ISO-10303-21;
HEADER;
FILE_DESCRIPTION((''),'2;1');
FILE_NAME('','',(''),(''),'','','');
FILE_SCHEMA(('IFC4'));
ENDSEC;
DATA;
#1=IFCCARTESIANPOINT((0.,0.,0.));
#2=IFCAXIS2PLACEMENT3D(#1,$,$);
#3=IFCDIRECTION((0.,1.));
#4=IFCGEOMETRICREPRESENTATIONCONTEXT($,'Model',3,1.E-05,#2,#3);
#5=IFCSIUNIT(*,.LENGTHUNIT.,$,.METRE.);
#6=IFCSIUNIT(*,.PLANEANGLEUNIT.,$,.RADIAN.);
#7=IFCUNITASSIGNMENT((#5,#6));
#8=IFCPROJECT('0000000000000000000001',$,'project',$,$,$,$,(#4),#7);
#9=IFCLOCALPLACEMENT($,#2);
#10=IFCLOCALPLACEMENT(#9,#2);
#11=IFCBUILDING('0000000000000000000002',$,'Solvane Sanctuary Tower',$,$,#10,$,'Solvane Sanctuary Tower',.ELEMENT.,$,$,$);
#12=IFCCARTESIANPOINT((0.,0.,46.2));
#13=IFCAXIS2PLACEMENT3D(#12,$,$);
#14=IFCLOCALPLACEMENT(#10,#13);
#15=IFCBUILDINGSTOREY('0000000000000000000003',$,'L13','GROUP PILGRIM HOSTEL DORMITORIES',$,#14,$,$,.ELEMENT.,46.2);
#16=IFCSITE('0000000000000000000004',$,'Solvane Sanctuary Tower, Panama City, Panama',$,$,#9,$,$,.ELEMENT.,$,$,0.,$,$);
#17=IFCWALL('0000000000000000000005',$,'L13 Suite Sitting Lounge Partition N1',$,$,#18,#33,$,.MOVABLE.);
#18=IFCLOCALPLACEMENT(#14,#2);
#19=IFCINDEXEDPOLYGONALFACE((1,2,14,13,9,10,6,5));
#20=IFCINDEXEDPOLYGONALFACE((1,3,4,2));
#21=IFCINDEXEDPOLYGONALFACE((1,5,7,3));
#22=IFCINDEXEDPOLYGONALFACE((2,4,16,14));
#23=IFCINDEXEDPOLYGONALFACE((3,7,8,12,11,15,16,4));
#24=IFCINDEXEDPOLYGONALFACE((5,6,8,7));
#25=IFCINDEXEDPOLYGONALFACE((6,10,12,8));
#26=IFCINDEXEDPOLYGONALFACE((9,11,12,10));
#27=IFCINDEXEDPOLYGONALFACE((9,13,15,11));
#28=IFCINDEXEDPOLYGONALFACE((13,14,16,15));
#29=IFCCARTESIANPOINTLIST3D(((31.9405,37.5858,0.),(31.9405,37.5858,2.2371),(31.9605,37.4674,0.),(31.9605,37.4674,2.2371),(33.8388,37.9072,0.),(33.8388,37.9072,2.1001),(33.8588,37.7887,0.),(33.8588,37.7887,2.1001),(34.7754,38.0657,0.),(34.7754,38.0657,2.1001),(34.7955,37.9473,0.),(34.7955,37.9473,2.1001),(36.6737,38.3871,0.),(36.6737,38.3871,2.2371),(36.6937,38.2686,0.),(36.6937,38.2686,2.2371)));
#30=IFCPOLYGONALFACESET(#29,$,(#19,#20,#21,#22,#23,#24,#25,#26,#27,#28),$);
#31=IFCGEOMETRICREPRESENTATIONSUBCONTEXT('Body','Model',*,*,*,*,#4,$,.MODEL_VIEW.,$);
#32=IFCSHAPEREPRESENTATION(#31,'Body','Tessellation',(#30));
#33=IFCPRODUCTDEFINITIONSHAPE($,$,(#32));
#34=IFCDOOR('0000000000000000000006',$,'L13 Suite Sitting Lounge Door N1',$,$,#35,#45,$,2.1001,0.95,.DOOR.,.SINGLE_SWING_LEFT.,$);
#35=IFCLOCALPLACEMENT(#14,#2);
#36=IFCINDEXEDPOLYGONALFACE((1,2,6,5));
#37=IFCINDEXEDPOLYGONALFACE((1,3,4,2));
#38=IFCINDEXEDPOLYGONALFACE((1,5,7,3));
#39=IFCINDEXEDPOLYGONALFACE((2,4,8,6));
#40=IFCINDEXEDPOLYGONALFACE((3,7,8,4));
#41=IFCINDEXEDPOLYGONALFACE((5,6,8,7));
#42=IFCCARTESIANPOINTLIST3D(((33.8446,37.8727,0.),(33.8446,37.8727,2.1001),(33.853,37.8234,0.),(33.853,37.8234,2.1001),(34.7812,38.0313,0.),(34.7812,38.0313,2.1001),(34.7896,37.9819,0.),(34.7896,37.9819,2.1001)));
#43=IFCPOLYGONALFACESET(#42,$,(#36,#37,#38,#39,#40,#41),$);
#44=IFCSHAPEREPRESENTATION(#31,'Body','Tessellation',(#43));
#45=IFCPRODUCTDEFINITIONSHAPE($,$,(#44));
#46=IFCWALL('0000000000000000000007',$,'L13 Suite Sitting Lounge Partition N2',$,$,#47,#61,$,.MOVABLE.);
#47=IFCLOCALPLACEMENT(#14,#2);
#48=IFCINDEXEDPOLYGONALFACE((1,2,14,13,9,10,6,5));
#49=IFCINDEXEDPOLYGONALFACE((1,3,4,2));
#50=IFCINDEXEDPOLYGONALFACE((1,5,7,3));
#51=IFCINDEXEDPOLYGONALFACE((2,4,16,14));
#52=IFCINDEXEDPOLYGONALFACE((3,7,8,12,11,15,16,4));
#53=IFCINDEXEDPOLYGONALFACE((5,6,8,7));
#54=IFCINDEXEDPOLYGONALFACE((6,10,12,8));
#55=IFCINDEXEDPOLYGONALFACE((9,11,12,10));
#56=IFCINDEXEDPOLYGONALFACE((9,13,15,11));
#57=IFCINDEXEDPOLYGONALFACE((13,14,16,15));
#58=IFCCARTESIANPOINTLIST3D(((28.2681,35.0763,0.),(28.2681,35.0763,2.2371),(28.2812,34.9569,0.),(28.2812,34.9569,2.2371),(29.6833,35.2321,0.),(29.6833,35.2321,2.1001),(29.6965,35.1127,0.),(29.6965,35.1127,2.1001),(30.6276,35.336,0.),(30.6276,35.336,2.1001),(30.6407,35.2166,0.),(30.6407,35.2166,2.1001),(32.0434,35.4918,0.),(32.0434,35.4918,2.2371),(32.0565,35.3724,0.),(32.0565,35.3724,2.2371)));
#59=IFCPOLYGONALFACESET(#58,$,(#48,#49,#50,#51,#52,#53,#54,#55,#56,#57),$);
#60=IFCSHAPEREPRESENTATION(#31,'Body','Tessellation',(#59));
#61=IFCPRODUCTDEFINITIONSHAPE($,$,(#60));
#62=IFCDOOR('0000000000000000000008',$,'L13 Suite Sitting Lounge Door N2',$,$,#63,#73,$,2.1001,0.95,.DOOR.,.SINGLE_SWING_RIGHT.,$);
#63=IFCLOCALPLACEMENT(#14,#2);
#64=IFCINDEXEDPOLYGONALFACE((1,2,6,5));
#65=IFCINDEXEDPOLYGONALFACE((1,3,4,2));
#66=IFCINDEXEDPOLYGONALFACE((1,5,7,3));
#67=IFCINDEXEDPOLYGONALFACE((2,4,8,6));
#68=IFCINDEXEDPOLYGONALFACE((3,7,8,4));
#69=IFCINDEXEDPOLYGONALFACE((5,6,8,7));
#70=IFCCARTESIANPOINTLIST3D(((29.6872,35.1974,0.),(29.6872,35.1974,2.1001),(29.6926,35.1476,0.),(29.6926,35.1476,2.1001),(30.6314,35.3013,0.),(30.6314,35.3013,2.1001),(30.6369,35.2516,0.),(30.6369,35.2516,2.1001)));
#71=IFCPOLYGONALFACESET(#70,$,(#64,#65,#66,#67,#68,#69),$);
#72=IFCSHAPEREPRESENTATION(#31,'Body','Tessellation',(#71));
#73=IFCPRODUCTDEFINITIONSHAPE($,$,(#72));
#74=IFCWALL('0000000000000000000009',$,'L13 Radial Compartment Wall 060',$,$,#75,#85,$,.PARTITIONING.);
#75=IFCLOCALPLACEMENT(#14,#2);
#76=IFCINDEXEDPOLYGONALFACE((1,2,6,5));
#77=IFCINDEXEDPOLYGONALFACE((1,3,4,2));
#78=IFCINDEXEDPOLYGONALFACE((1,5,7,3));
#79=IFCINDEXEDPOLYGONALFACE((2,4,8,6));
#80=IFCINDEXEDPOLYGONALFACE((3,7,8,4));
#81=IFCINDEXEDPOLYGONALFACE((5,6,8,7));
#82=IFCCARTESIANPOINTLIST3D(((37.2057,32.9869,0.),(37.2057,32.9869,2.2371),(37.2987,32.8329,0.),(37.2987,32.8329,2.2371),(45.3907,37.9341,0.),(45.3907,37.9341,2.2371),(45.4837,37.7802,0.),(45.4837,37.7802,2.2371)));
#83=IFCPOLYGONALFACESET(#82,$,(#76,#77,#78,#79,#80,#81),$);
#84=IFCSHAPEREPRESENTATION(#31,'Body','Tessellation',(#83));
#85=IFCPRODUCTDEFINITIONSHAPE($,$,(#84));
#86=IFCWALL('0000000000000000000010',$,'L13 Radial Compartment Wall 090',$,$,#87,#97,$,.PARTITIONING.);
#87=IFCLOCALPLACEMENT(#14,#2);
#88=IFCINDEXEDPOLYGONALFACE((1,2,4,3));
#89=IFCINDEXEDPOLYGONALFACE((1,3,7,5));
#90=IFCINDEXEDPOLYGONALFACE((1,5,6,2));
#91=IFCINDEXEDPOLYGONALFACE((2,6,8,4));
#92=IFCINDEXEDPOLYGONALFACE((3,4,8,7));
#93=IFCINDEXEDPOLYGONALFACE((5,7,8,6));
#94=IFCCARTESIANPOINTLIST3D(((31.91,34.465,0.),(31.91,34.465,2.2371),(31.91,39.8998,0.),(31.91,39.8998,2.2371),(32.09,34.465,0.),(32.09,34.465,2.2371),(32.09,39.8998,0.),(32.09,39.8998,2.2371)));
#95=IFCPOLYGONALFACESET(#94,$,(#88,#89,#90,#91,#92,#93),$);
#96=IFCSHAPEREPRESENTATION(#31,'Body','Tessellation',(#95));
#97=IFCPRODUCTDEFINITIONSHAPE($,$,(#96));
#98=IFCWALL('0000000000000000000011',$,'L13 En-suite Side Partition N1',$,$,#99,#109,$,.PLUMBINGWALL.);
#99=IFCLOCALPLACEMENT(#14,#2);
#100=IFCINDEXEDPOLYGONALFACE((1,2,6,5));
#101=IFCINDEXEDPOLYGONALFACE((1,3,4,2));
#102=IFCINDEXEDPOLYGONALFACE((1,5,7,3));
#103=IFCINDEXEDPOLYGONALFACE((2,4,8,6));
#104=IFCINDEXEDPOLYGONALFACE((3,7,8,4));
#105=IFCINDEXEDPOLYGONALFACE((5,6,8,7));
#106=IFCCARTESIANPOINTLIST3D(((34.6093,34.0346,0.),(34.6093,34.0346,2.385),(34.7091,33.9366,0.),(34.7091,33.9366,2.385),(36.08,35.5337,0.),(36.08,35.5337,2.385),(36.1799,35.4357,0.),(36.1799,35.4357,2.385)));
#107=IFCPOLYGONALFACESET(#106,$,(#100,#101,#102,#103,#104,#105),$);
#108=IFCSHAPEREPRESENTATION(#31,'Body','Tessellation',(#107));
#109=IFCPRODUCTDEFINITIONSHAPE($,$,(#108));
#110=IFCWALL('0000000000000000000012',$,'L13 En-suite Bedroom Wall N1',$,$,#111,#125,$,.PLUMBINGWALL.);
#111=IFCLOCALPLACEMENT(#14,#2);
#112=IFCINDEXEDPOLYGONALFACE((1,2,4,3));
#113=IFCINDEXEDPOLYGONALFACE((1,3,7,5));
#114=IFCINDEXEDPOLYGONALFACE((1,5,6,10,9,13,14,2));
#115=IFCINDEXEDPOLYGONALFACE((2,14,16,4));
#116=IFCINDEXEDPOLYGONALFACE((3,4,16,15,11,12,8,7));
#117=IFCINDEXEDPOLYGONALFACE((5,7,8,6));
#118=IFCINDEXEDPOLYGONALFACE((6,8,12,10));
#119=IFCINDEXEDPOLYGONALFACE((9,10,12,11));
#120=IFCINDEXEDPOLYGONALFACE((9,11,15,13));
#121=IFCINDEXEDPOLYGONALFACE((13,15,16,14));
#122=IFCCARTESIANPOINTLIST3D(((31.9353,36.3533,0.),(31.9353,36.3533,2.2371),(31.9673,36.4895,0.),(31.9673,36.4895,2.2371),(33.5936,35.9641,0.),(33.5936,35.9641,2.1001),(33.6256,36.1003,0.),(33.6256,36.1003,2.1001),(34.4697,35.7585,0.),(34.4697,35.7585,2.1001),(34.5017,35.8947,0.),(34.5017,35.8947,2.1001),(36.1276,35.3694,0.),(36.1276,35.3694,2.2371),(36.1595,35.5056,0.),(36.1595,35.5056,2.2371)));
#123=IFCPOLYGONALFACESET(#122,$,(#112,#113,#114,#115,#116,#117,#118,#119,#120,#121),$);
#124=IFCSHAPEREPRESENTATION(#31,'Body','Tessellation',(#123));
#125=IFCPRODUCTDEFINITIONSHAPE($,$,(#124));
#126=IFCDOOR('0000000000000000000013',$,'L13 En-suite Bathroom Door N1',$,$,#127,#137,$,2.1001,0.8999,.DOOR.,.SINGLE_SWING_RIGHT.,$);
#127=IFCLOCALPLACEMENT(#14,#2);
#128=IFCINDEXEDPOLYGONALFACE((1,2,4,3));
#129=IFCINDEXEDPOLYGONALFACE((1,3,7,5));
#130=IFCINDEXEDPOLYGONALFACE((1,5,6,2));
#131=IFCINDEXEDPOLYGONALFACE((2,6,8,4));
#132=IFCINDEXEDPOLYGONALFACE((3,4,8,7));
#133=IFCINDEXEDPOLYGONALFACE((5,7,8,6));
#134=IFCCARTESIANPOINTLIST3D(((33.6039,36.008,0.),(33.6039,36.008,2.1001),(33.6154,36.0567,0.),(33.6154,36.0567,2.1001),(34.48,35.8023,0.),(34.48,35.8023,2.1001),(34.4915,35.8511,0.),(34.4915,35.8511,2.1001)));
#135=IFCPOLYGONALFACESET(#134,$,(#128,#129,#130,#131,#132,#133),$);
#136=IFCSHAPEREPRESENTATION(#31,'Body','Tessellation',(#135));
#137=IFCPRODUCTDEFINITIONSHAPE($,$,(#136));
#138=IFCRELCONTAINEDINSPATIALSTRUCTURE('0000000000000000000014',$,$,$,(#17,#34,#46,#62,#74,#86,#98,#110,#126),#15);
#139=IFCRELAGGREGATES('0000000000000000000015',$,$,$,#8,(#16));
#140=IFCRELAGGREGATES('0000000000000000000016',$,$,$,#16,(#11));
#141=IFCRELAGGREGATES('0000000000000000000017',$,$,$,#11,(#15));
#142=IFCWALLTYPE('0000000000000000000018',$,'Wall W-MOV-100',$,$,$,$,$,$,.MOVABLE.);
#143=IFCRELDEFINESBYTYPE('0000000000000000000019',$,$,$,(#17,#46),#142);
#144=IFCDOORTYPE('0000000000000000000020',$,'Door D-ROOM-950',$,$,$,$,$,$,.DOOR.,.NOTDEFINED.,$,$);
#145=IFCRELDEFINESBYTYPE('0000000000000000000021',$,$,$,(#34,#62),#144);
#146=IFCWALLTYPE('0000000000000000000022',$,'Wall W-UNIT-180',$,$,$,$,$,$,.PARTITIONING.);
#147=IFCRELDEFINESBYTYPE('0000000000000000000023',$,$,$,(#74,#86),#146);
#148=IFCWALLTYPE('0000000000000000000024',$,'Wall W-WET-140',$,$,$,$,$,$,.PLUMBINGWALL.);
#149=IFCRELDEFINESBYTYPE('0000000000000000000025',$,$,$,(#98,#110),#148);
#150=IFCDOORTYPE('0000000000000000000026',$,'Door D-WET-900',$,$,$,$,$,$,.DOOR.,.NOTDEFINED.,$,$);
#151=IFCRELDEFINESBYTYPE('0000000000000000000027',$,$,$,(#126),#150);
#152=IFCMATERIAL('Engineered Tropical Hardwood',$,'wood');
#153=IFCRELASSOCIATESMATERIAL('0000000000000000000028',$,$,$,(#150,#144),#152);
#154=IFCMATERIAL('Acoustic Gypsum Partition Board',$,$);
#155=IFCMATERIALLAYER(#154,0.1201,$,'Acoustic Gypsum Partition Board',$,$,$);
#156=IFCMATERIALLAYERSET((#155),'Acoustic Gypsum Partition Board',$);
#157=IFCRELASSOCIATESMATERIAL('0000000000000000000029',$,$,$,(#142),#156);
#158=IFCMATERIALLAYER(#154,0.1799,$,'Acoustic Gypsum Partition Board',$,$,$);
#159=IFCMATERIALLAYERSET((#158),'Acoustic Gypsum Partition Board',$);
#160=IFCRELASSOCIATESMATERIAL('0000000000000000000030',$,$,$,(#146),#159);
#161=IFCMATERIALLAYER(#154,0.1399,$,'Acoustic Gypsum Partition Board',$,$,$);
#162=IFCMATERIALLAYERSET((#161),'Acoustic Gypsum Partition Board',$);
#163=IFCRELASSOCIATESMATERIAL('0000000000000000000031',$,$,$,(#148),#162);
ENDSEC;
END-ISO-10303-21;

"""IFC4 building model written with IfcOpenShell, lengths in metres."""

from ifc_helpers import new_model, si_unit, direction, frame, frame_2d, origin, place, context, subcontext, project, spatial, rectangle, extrude, material, layer, layer_set, type_object, element, fill, save


model = new_model("IFC4")

# Units and contexts
model_context = context("Model", 3, precision=1e-05, world=origin(), true_north=direction((0.0, 1.0)))
body_context = subcontext(model_context, "Body", "Model", "MODEL_VIEW")
ifc_project = project(units=[si_unit("LENGTHUNIT", "METRE"), si_unit("PLANEANGLEUNIT", "RADIAN")], contexts=[model_context])

# Site, building, storey
site_placement = place(None, origin())
site = spatial("IfcSite", under=ifc_project, at=site_placement, Name="Solvane Sanctuary Tower, Panama City, Panama", CompositionType="ELEMENT", RefElevation=0.0)
building_placement = place(site_placement, origin())
building = spatial("IfcBuilding", under=site, at=building_placement, Name="Solvane Sanctuary Tower", LongName="Solvane Sanctuary Tower", CompositionType="ELEMENT")
storey_placement = place(building_placement, frame((0.0, 0.0, 46.2)))
storey = spatial("IfcBuildingStorey", under=building, at=storey_placement, Name="L13", Description="GROUP PILGRIM HOSTEL DORMITORIES", CompositionType="ELEMENT", Elevation=46.2)

# Shared definitions
ifc_material_1 = material(Name="Acoustic Gypsum Partition Board")

# Shared definitions
ifc_material_2 = material(Name="Engineered Tropical Hardwood", Category="wood")
door_type_1 = type_object("IfcDoorType", Name="Door D-WET-900", OperationType="NOTDEFINED", PredefinedType="DOOR", material=ifc_material_2)

# Shared definitions
door_type_2 = type_object("IfcDoorType", Name="Door D-ROOM-950", OperationType="NOTDEFINED", PredefinedType="DOOR", material=ifc_material_2)

# Walls, openings, doors
ifc_layer_1 = layer(ifc_material_1, 0.1201, Name="Acoustic Gypsum Partition Board")
ifc_layer_set_1 = layer_set([ifc_layer_1], Name="Acoustic Gypsum Partition Board")
wall_type_1 = type_object("IfcWallType", Name="Wall W-MOV-100", PredefinedType="MOVABLE", material=ifc_layer_set_1)
wall_1_placement = place(storey_placement, frame((36.6838, 38.3279, 0.0), z_axis=(0.0, 0.0, 1.0), x_axis=(-0.985971, -0.166914, 0.0)))
wall_1 = element("IfcWall", 1, at=wall_1_placement, inside=storey, type_object=wall_type_1, Name="L13 Suite Sitting Lounge Partition N1", PredefinedType="MOVABLE", context=body_context, shape_type="SweptSolid", body=[
    extrude(rectangle(XDim=4.8005, YDim=0.1201, at=frame_2d((2.4004, 0.0))), origin(), (0.0, 0.0, 1.0), 2.2371),
])
opening_1_placement = place(wall_1_placement, frame((1.9253, 0.0, 0.0)))
opening_1 = element("IfcOpeningElement", 2, at=opening_1_placement, cuts=wall_1, PredefinedType="OPENING", context=body_context, shape_type="SweptSolid", body=[
    extrude(rectangle(XDim=0.95, YDim=2.1001, at=frame_2d((0.4751, 1.05))), frame((0.0, 0.0701, 0.0), z_axis=(0.0, -1.0, 0.0), x_axis=(1.0, 0.0, 0.0)), (0.0, 0.0, 1.0), 0.1401),
])
door_1_placement = place(opening_1_placement, origin())
door_1 = element("IfcDoor", 3, at=door_1_placement, inside=storey, type_object=door_type_2, Name="L13 Suite Sitting Lounge Door N1", OperationType="SINGLE_SWING_LEFT", OverallHeight=2.1001, OverallWidth=0.95, PredefinedType="DOOR", context=body_context, shape_type="SweptSolid", body=[
    extrude(rectangle(XDim=0.95, YDim=2.1001, at=frame_2d((0.4751, 1.05))), frame((0.0, 0.0249, 0.0), z_axis=(0.0, -1.0, 0.0), x_axis=(1.0, 0.0, 0.0)), (0.0, 0.0, 1.0), 0.05),
])
fill(opening_1, door_1)
wall_2_placement = place(storey_placement, frame((32.0498, 35.4321, 0.0), z_axis=(0.0, 0.0, 1.0), x_axis=(-0.993998, -0.109401, 0.0)))
wall_2 = element("IfcWall", 4, at=wall_2_placement, inside=storey, type_object=wall_type_1, Name="L13 Suite Sitting Lounge Partition N2", PredefinedType="MOVABLE", context=body_context, shape_type="SweptSolid", body=[
    extrude(rectangle(XDim=3.7981, YDim=0.1201, at=frame_2d((1.8989, 0.0))), origin(), (0.0, 0.0, 1.0), 2.2371),
])
opening_2_placement = place(wall_2_placement, frame((1.4241, 0.0, 0.0)))
opening_2 = element("IfcOpeningElement", 5, at=opening_2_placement, cuts=wall_2, PredefinedType="OPENING", context=body_context, shape_type="SweptSolid", body=[
    extrude(rectangle(XDim=0.95, YDim=2.1001, at=frame_2d((0.4751, 1.05))), frame((0.0, 0.0701, 0.0), z_axis=(0.0, -1.0, 0.0), x_axis=(1.0, 0.0, 0.0)), (0.0, 0.0, 1.0), 0.1401),
])
door_2_placement = place(opening_2_placement, origin())
door_2 = element("IfcDoor", 6, at=door_2_placement, inside=storey, type_object=door_type_2, Name="L13 Suite Sitting Lounge Door N2", OperationType="SINGLE_SWING_RIGHT", OverallHeight=2.1001, OverallWidth=0.95, PredefinedType="DOOR", context=body_context, shape_type="SweptSolid", body=[
    extrude(rectangle(XDim=0.95, YDim=2.1001, at=frame_2d((0.4751, 1.05))), frame((0.0, 0.0249, 0.0), z_axis=(0.0, -1.0, 0.0), x_axis=(1.0, 0.0, 0.0)), (0.0, 0.0, 1.0), 0.05),
])
fill(opening_2, door_2)

# Walls
ifc_layer_2 = layer(ifc_material_1, 0.1799, Name="Acoustic Gypsum Partition Board")
ifc_layer_set_2 = layer_set([ifc_layer_2], Name="Acoustic Gypsum Partition Board")
wall_type_2 = type_object("IfcWallType", Name="Wall W-UNIT-180", PredefinedType="PARTITIONING", material=ifc_layer_set_2)
wall_3_placement = place(storey_placement, frame((37.2522, 32.9099, 0.0), z_axis=(0.0, 0.0, 1.0), x_axis=(0.855817, 0.517278, 0.0)))
element("IfcWall", 7, at=wall_3_placement, inside=storey, type_object=wall_type_2, Name="L13 Radial Compartment Wall 060", PredefinedType="PARTITIONING", context=body_context, shape_type="SweptSolid", body=[
    extrude(rectangle(XDim=9.564, YDim=0.1799, at=frame_2d((4.782, 0.0))), origin(), (0.0, 0.0, 1.0), 2.2371),
])
wall_4_placement = place(storey_placement, frame((32.0, 34.4651, 0.0), z_axis=(0.0, 0.0, 1.0), x_axis=(0.0, 1.0, 0.0)))
element("IfcWall", 8, at=wall_4_placement, inside=storey, type_object=wall_type_2, Name="L13 Radial Compartment Wall 090", PredefinedType="PARTITIONING", context=body_context, shape_type="SweptSolid", body=[
    extrude(rectangle(XDim=5.4348, YDim=0.1799, at=frame_2d((2.7173, 0.0))), origin(), (0.0, 0.0, 1.0), 2.2371),
])
ifc_layer_3 = layer(ifc_material_1, 0.1399, Name="Acoustic Gypsum Partition Board")
ifc_layer_set_3 = layer_set([ifc_layer_3], Name="Acoustic Gypsum Partition Board")
wall_type_3 = type_object("IfcWallType", Name="Wall W-WET-140", PredefinedType="PLUMBINGWALL", material=ifc_layer_set_3)
wall_5_placement = place(storey_placement, frame((34.6592, 33.9856, 0.0), z_axis=(0.0, 0.0, 1.0), x_axis=(0.700332, 0.713818, 0.0)))
element("IfcWall", 9, at=wall_5_placement, inside=storey, type_object=wall_type_3, Name="L13 En-suite Side Partition N1", PredefinedType="PLUMBINGWALL", context=body_context, shape_type="SweptSolid", body=[
    extrude(rectangle(XDim=2.1001, YDim=0.1399, at=frame_2d((1.05, 0.0))), origin(), (0.0, 0.0, 1.0), 2.385),
])

# Wall, opening, door
wall_6_placement = place(storey_placement, frame((36.1436, 35.4375, 0.0), z_axis=(0.0, 0.0, 1.0), x_axis=(-0.973546, 0.228489, 0.0)))
wall_6 = element("IfcWall", 10, at=wall_6_placement, inside=storey, type_object=wall_type_3, Name="L13 En-suite Bedroom Wall N1", PredefinedType="PLUMBINGWALL", context=body_context, shape_type="SweptSolid", body=[
    extrude(rectangle(XDim=4.3062, YDim=0.1399, at=frame_2d((2.1531, 0.0))), origin(), (0.0, 0.0, 1.0), 2.2371),
])
opening_3_placement = place(wall_6_placement, frame((1.7029, 0.0, 0.0)))
opening_3 = element("IfcOpeningElement", 11, at=opening_3_placement, cuts=wall_6, PredefinedType="OPENING", context=body_context, shape_type="SweptSolid", body=[
    extrude(rectangle(XDim=0.8999, YDim=2.1001, at=frame_2d((0.45, 1.05))), frame((0.0, 0.0798, 0.0), z_axis=(0.0, -1.0, 0.0), x_axis=(1.0, 0.0, 0.0)), (0.0, 0.0, 1.0), 0.1599),
])
door_3_placement = place(opening_3_placement, origin())
door_3 = element("IfcDoor", 12, at=door_3_placement, inside=storey, type_object=door_type_1, Name="L13 En-suite Bathroom Door N1", OperationType="SINGLE_SWING_RIGHT", OverallHeight=2.1001, OverallWidth=0.8999, PredefinedType="DOOR", context=body_context, shape_type="SweptSolid", body=[
    extrude(rectangle(XDim=0.8999, YDim=2.1001, at=frame_2d((0.45, 1.05))), frame((0.0, 0.0249, 0.0), z_axis=(0.0, -1.0, 0.0), x_axis=(1.0, 0.0, 0.0)), (0.0, 0.0, 1.0), 0.05),
])
fill(opening_3, door_3)

save(model, "model.ifc")
